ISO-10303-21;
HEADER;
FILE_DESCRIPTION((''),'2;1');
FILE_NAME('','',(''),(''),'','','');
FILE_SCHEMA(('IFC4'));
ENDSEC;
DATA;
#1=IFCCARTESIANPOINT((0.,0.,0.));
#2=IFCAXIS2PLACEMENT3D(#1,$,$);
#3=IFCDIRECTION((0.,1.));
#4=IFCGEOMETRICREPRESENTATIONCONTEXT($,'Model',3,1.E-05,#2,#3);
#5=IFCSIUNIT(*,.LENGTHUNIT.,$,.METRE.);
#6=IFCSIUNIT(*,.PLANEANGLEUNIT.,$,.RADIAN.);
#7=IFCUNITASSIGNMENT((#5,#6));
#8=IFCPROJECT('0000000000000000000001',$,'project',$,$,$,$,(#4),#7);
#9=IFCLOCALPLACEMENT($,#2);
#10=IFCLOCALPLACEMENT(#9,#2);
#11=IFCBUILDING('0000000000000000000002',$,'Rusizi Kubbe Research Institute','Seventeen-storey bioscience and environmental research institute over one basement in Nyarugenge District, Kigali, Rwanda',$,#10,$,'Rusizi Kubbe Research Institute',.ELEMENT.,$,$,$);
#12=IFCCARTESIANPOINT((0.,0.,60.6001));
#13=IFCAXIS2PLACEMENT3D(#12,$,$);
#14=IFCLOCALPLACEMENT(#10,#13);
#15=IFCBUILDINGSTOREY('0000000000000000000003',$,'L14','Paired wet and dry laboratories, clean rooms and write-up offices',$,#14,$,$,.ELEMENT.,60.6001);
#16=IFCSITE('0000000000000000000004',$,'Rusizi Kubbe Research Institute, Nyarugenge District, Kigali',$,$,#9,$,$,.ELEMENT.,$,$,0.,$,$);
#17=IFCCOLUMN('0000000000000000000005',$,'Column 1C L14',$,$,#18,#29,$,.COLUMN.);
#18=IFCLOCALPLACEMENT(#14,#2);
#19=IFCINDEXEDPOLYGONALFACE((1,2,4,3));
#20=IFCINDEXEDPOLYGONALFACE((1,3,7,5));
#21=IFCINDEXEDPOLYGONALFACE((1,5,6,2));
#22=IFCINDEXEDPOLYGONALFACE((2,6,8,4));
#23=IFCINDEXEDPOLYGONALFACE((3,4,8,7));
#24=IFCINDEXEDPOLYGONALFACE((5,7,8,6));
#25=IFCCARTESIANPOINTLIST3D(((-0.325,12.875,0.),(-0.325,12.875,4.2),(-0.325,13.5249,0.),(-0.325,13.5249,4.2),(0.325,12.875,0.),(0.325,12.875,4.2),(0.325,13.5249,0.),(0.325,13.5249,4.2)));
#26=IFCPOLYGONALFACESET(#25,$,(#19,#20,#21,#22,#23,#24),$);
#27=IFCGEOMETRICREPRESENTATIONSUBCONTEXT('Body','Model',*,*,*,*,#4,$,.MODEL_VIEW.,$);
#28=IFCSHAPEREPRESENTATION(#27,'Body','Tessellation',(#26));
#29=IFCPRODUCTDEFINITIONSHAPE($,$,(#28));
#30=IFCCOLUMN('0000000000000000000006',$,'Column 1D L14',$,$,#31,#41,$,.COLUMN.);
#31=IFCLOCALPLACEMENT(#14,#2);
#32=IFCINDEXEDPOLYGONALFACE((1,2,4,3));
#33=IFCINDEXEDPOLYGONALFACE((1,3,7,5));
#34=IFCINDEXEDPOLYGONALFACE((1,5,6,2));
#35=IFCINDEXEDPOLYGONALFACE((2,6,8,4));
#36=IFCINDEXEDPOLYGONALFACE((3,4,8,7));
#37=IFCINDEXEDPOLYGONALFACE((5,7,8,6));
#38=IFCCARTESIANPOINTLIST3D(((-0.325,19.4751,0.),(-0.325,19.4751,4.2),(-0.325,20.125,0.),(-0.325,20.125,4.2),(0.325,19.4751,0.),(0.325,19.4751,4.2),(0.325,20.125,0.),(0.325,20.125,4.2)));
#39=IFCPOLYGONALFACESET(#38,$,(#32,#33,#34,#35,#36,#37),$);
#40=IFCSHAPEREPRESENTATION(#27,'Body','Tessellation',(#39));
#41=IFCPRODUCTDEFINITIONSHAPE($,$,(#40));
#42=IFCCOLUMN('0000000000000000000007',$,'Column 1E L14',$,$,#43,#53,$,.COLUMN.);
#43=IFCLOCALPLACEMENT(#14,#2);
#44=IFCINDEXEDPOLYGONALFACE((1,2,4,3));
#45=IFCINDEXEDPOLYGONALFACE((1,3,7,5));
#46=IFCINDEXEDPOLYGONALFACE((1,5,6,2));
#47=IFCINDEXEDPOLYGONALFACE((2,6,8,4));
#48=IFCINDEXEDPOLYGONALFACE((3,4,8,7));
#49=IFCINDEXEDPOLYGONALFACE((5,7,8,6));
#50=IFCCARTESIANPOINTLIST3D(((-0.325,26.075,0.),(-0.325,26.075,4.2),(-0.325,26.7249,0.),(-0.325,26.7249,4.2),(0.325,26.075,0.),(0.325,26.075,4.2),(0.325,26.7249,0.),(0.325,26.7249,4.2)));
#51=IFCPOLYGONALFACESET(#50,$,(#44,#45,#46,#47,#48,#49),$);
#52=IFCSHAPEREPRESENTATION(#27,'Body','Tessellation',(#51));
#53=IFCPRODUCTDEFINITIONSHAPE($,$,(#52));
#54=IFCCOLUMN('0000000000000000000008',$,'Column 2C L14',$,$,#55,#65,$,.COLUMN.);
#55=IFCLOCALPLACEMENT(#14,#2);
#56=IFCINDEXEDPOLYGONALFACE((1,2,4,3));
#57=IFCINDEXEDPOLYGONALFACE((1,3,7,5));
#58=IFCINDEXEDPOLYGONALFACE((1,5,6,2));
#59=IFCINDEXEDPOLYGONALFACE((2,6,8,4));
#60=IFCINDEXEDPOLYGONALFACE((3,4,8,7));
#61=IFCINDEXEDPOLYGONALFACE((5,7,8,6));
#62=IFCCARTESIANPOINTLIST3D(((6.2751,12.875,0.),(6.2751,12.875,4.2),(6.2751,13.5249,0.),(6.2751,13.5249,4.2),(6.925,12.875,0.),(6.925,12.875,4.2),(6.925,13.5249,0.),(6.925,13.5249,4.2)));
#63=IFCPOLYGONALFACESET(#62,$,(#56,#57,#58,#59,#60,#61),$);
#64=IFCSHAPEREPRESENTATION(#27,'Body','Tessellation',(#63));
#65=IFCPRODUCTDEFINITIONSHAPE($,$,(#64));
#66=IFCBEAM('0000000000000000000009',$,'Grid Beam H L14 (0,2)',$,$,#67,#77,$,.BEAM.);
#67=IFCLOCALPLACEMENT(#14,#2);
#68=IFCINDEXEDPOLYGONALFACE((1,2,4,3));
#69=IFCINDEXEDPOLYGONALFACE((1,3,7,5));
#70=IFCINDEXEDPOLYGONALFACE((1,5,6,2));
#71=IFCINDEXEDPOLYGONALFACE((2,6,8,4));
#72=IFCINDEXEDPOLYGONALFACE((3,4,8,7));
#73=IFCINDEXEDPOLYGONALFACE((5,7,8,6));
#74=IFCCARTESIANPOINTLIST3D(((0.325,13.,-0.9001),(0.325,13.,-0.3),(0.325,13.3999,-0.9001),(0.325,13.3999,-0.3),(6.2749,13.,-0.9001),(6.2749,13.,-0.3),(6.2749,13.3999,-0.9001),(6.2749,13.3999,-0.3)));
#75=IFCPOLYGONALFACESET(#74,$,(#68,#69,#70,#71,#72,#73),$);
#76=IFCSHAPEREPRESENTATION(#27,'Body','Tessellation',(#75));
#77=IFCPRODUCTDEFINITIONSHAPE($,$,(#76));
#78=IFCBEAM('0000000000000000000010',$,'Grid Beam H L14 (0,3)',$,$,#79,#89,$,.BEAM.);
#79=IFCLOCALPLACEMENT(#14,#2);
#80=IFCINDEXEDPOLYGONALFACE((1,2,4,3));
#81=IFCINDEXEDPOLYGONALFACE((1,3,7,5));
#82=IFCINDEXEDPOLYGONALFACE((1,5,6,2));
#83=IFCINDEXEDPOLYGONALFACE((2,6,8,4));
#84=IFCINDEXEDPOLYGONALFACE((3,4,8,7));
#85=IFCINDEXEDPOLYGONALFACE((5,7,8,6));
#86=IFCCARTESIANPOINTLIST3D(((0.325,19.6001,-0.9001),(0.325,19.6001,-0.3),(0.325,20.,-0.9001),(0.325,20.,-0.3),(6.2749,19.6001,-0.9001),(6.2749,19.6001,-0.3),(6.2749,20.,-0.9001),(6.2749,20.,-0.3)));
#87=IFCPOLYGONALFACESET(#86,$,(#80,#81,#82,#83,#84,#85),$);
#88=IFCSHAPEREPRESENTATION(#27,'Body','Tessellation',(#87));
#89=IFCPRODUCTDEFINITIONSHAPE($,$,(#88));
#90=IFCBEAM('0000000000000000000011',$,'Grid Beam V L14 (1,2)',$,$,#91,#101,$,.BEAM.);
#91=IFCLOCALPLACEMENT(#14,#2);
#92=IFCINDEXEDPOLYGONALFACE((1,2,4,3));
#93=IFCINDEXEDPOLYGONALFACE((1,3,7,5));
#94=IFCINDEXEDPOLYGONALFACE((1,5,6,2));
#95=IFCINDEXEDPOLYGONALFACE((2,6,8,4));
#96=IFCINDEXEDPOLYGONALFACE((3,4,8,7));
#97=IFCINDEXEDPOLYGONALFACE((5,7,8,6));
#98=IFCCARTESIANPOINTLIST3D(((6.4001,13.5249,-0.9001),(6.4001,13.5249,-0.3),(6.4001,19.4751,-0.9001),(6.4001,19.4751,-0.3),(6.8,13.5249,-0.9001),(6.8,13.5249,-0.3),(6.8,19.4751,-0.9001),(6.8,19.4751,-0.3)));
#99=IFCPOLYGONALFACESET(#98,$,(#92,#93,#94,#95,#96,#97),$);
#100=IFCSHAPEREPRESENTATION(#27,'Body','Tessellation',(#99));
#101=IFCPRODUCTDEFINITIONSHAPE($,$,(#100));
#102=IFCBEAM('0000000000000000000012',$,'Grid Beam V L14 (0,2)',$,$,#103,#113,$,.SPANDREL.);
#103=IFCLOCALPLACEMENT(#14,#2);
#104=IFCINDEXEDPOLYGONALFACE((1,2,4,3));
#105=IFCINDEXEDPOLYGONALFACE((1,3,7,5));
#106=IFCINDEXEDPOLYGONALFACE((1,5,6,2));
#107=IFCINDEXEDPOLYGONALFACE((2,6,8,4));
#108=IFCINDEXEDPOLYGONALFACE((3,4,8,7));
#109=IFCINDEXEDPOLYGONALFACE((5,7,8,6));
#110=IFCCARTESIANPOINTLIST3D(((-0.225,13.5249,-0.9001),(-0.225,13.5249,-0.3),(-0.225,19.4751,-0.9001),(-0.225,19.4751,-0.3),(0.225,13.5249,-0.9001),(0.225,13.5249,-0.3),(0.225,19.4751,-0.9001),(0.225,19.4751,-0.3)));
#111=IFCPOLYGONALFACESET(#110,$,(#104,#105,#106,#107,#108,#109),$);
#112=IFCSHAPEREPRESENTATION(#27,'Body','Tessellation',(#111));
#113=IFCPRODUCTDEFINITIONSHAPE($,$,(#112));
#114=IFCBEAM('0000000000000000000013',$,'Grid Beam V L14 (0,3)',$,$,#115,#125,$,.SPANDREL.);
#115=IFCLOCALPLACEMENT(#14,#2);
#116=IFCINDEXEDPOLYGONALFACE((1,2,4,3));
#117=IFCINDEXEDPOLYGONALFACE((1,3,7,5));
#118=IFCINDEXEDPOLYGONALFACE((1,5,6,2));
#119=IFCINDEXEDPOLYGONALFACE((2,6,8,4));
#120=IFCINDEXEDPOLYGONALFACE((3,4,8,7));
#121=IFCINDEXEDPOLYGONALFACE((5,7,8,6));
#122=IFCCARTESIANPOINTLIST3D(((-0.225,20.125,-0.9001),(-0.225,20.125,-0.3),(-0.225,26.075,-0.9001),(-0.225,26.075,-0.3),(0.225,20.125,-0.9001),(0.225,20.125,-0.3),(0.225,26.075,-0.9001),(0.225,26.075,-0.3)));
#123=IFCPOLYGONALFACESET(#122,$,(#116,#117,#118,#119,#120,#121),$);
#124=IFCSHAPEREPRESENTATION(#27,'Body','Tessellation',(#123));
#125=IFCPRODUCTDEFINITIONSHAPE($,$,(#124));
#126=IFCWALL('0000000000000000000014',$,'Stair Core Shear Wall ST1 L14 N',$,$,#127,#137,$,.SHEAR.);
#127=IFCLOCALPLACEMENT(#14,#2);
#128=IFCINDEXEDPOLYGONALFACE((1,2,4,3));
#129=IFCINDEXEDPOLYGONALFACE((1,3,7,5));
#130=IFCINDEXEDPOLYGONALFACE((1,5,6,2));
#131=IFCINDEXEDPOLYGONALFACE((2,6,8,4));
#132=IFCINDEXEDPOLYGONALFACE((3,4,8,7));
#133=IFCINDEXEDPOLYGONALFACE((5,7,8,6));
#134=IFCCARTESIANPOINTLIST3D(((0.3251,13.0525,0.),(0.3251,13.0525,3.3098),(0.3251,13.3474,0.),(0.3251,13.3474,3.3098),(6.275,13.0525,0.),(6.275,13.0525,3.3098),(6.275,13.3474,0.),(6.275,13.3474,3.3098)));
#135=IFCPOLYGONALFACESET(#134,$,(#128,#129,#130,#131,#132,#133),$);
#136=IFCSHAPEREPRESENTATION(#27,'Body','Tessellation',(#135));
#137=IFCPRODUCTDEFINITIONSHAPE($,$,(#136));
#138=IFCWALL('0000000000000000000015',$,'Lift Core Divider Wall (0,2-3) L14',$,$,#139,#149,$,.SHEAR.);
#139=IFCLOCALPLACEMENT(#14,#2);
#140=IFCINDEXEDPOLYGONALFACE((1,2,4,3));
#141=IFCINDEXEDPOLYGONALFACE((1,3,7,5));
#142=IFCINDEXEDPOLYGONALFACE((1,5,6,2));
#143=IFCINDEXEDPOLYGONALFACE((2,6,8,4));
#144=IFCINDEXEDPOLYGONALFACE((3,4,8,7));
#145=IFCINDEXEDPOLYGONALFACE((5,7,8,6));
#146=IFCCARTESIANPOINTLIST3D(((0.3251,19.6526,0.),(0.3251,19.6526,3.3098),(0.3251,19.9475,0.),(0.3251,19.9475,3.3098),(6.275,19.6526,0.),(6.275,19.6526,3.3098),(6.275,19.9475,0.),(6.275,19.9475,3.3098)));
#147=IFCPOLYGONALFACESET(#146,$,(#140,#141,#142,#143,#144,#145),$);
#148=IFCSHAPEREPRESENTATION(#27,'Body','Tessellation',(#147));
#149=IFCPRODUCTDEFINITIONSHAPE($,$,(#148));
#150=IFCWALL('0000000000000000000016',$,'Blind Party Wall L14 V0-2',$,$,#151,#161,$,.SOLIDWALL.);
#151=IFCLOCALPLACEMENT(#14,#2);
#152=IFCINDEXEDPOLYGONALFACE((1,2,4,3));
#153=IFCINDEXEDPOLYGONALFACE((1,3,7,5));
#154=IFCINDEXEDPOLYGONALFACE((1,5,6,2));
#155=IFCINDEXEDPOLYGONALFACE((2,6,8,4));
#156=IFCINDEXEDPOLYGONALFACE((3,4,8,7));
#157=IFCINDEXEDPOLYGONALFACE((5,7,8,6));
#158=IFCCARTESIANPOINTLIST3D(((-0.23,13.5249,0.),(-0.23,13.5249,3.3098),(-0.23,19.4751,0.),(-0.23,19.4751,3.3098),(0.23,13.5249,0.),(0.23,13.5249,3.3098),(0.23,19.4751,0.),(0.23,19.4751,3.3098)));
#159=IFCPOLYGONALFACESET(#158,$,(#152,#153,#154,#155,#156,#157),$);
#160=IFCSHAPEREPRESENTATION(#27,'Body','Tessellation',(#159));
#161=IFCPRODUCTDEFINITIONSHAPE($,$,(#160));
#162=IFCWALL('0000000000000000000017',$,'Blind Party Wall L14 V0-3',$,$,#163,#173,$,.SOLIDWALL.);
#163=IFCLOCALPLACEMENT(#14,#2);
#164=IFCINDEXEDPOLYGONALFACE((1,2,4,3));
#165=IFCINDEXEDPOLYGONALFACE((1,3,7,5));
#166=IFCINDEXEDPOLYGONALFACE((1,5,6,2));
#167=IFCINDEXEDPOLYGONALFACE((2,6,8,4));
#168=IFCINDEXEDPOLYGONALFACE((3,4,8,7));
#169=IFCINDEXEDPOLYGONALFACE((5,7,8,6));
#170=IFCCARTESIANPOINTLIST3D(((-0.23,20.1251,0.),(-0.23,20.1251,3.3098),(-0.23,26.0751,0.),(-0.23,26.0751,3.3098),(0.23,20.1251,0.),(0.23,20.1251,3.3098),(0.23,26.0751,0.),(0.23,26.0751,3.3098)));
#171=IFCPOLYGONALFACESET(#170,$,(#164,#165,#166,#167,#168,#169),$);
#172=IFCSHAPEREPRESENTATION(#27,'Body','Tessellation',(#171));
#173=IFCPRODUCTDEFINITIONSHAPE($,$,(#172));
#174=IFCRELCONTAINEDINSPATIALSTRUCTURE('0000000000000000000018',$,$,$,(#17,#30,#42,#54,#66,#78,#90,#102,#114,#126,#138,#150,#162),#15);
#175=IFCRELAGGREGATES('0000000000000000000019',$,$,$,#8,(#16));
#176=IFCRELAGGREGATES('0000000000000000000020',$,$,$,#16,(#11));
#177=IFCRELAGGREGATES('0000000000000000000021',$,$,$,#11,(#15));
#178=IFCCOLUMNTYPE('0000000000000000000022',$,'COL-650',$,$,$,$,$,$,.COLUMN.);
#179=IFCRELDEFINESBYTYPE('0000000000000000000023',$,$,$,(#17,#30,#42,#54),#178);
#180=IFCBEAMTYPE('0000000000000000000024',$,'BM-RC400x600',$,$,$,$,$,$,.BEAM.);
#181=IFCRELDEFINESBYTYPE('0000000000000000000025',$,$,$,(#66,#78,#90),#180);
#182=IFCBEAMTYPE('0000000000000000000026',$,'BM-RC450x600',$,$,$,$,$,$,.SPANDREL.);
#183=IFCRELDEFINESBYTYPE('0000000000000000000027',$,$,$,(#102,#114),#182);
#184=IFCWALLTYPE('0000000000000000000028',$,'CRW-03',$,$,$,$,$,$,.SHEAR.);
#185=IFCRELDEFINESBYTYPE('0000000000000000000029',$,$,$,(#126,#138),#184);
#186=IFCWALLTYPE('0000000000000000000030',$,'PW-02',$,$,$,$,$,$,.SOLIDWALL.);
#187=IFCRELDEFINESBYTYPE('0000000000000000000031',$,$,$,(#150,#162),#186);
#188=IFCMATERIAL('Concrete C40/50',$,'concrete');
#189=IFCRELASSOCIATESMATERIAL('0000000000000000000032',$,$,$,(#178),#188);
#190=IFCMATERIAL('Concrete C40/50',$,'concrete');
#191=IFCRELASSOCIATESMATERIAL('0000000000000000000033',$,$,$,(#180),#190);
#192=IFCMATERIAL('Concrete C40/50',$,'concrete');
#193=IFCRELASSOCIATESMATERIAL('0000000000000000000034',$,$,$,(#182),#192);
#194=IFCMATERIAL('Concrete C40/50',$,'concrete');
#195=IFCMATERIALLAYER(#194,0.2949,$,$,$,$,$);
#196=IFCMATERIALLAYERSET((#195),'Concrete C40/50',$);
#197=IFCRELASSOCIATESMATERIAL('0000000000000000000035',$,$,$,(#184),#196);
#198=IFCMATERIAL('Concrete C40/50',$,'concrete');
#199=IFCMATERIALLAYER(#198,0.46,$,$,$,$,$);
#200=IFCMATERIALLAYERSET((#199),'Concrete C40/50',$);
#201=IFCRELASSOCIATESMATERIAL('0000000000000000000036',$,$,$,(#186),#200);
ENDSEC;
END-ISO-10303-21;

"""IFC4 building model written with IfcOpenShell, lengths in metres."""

from ifc_helpers import new_model, si_unit, direction, frame, frame_2d, origin, origin_2d, place, context, subcontext, project, spatial, rectangle, extrude, material, layer, layer_set, material_profile, profile_set, type_object, element, save


model = new_model("IFC4")

# Units and contexts
model_context = context("Model", 3, precision=1e-05, world=origin(), true_north=direction((0.0, 1.0)))
body_context = subcontext(model_context, "Body", "Model", "MODEL_VIEW")
ifc_project = project(units=[si_unit("LENGTHUNIT", "METRE"), si_unit("PLANEANGLEUNIT", "RADIAN")], contexts=[model_context])

# Site, building, storey
site_placement = place(None, origin())
site = spatial("IfcSite", under=ifc_project, at=site_placement, Name="Rusizi Kubbe Research Institute, Nyarugenge District, Kigali", CompositionType="ELEMENT", RefElevation=0.0)
building_placement = place(site_placement, origin())
building = spatial("IfcBuilding", under=site, at=building_placement, Name="Rusizi Kubbe Research Institute", Description="Seventeen-storey bioscience and environmental research institute over one basement in Nyarugenge District, Kigali, Rwanda", LongName="Rusizi Kubbe Research Institute", CompositionType="ELEMENT")
storey_placement = place(building_placement, frame((0.0, 0.0, 60.6001)))
storey = spatial("IfcBuildingStorey", under=building, at=storey_placement, Name="L14", Description="Paired wet and dry laboratories, clean rooms and write-up offices", CompositionType="ELEMENT", Elevation=60.6001)

# Columns
ifc_material_1 = material(Name="Concrete C40/50", Category="concrete")
ifc_material_profile_1 = material_profile(ifc_material_1, rectangle(XDim=0.6499, YDim=0.6499, at=origin_2d()), Name="RC650x650")
ifc_profile_set_1 = profile_set([ifc_material_profile_1], Name="Concrete C40/50")
column_type = type_object("IfcColumnType", Name="COL-650", PredefinedType="COLUMN", material=ifc_profile_set_1)
for number, where, z_axis, x_axis, name in (
    (1, (0.0, 13.2, 0.0), (0.0, 0.0, 1.0), (1.0, 0.0, 0.0), "Column 1C L14"),
    (2, (0.0, 19.8, 0.0), (0.0, 0.0, 1.0), (1.0, 0.0, 0.0), "Column 1D L14"),
    (3, (0.0, 26.3999, 0.0), (0.0, 0.0, 1.0), (1.0, 0.0, 0.0), "Column 1E L14"),
    (4, (6.6001, 13.2, 0.0), (0.0, 0.0, 1.0), (1.0, 0.0, 0.0), "Column 2C L14"),
):
    element("IfcColumn", number, at=place(storey_placement, frame(where, z_axis=z_axis, x_axis=x_axis)), inside=storey, type_object=column_type, Name=name, PredefinedType="COLUMN", context=body_context, shape_type="SweptSolid", body=[
        extrude(rectangle(XDim=0.6499, YDim=0.6499, at=origin_2d()), origin(), (0.0, 0.0, 1.0), 4.2),
    ])

# Beams
ifc_material_2 = material(Name="Concrete C40/50", Category="concrete")
ifc_material_profile_2 = material_profile(ifc_material_2, rectangle(XDim=0.3999, YDim=0.6001, at=origin_2d()), Name="RC400x600")
ifc_profile_set_2 = profile_set([ifc_material_profile_2], Name="Concrete C40/50")
beam_type_1 = type_object("IfcBeamType", Name="BM-RC400x600", PredefinedType="BEAM", material=ifc_profile_set_2)
for number, where, z_axis, x_axis, name in (
    (5, (0.325, 13.2, -0.6001), (1.0, 0.0, 0.0), (0.0, 1.0, 0.0), "Grid Beam H L14 (0,2)"),
    (6, (0.325, 19.8, -0.6001), (1.0, 0.0, 0.0), (0.0, 1.0, 0.0), "Grid Beam H L14 (0,3)"),
):
    element("IfcBeam", number, at=place(storey_placement, frame(where, z_axis=z_axis, x_axis=x_axis)), inside=storey, type_object=beam_type_1, Name=name, PredefinedType="BEAM", context=body_context, shape_type="SweptSolid", body=[
        extrude(rectangle(XDim=0.3999, YDim=0.6001, at=origin_2d()), origin(), (0.0, 0.0, 1.0), 5.95),
    ])
beam_1_placement = place(storey_placement, frame((6.6001, 13.5249, -0.6001), z_axis=(0.0, 1.0, 0.0), x_axis=(-1.0, 0.0, 0.0)))
element("IfcBeam", 7, at=beam_1_placement, inside=storey, type_object=beam_type_1, Name="Grid Beam V L14 (1,2)", PredefinedType="BEAM", context=body_context, shape_type="SweptSolid", body=[
    extrude(rectangle(XDim=0.3999, YDim=0.6001, at=origin_2d()), origin(), (0.0, 0.0, 1.0), 5.9502),
])
ifc_material_3 = material(Name="Concrete C40/50", Category="concrete")
ifc_material_profile_3 = material_profile(ifc_material_3, rectangle(XDim=0.45, YDim=0.6001, at=origin_2d()), Name="RC450x600")
ifc_profile_set_3 = profile_set([ifc_material_profile_3], Name="Concrete C40/50")
beam_type_2 = type_object("IfcBeamType", Name="BM-RC450x600", PredefinedType="SPANDREL", material=ifc_profile_set_3)
beam_2_placement = place(storey_placement, frame((0.0, 13.5249, -0.6001), z_axis=(0.0, 1.0, 0.0), x_axis=(-1.0, 0.0, 0.0)))
element("IfcBeam", 8, at=beam_2_placement, inside=storey, type_object=beam_type_2, Name="Grid Beam V L14 (0,2)", PredefinedType="SPANDREL", context=body_context, shape_type="SweptSolid", body=[
    extrude(rectangle(XDim=0.45, YDim=0.6001, at=origin_2d()), origin(), (0.0, 0.0, 1.0), 5.9502),
])
beam_3_placement = place(storey_placement, frame((0.0, 20.125, -0.6001), z_axis=(0.0, 1.0, 0.0), x_axis=(-1.0, 0.0, 0.0)))
element("IfcBeam", 9, at=beam_3_placement, inside=storey, type_object=beam_type_2, Name="Grid Beam V L14 (0,3)", PredefinedType="SPANDREL", context=body_context, shape_type="SweptSolid", body=[
    extrude(rectangle(XDim=0.45, YDim=0.6001, at=origin_2d()), origin(), (0.0, 0.0, 1.0), 5.95),
])

# Walls
ifc_material_4 = material(Name="Concrete C40/50", Category="concrete")
ifc_layer_1 = layer(ifc_material_4, 0.2949)
ifc_layer_set_1 = layer_set([ifc_layer_1], Name="Concrete C40/50")
wall_type_1 = type_object("IfcWallType", Name="CRW-03", PredefinedType="SHEAR", material=ifc_layer_set_1)
for number, where, z_axis, x_axis, name in (
    (10, (0.325, 13.2, 0.0), (0.0, 0.0, 1.0), (1.0, 0.0, 0.0), "Stair Core Shear Wall ST1 L14 N"),
    (11, (0.325, 19.8, 0.0), (0.0, 0.0, 1.0), (1.0, 0.0, 0.0), "Lift Core Divider Wall (0,2-3) L14"),
):
    element("IfcWall", number, at=place(storey_placement, frame(where, z_axis=z_axis, x_axis=x_axis)), inside=storey, type_object=wall_type_1, Name=name, PredefinedType="SHEAR", context=body_context, shape_type="SweptSolid", body=[
        extrude(rectangle(XDim=5.95, YDim=0.2949, at=frame_2d((2.9751, 0.0))), origin(), (0.0, 0.0, 1.0), 3.3098),
    ])

# Walls
ifc_material_5 = material(Name="Concrete C40/50", Category="concrete")
ifc_layer_2 = layer(ifc_material_5, 0.46)
ifc_layer_set_2 = layer_set([ifc_layer_2], Name="Concrete C40/50")
wall_type_2 = type_object("IfcWallType", Name="PW-02", PredefinedType="SOLIDWALL", material=ifc_layer_set_2)
wall_1_placement = place(storey_placement, frame((0.0, 13.5249, 0.0), z_axis=(0.0, 0.0, 1.0), x_axis=(0.0, 1.0, 0.0)))
element("IfcWall", 12, at=wall_1_placement, inside=storey, type_object=wall_type_2, Name="Blind Party Wall L14 V0-2", PredefinedType="SOLIDWALL", context=body_context, shape_type="SweptSolid", body=[
    extrude(rectangle(XDim=5.9502, YDim=0.46, at=frame_2d((2.9751, 0.0))), origin(), (0.0, 0.0, 1.0), 3.3098),
])
wall_2_placement = place(storey_placement, frame((0.0, 20.125, 0.0), z_axis=(0.0, 0.0, 1.0), x_axis=(0.0, 1.0, 0.0)))
element("IfcWall", 13, at=wall_2_placement, inside=storey, type_object=wall_type_2, Name="Blind Party Wall L14 V0-3", PredefinedType="SOLIDWALL", context=body_context, shape_type="SweptSolid", body=[
    extrude(rectangle(XDim=5.95, YDim=0.46, at=frame_2d((2.9751, 0.0))), origin(), (0.0, 0.0, 1.0), 3.3098),
])

save(model, "model.ifc")
